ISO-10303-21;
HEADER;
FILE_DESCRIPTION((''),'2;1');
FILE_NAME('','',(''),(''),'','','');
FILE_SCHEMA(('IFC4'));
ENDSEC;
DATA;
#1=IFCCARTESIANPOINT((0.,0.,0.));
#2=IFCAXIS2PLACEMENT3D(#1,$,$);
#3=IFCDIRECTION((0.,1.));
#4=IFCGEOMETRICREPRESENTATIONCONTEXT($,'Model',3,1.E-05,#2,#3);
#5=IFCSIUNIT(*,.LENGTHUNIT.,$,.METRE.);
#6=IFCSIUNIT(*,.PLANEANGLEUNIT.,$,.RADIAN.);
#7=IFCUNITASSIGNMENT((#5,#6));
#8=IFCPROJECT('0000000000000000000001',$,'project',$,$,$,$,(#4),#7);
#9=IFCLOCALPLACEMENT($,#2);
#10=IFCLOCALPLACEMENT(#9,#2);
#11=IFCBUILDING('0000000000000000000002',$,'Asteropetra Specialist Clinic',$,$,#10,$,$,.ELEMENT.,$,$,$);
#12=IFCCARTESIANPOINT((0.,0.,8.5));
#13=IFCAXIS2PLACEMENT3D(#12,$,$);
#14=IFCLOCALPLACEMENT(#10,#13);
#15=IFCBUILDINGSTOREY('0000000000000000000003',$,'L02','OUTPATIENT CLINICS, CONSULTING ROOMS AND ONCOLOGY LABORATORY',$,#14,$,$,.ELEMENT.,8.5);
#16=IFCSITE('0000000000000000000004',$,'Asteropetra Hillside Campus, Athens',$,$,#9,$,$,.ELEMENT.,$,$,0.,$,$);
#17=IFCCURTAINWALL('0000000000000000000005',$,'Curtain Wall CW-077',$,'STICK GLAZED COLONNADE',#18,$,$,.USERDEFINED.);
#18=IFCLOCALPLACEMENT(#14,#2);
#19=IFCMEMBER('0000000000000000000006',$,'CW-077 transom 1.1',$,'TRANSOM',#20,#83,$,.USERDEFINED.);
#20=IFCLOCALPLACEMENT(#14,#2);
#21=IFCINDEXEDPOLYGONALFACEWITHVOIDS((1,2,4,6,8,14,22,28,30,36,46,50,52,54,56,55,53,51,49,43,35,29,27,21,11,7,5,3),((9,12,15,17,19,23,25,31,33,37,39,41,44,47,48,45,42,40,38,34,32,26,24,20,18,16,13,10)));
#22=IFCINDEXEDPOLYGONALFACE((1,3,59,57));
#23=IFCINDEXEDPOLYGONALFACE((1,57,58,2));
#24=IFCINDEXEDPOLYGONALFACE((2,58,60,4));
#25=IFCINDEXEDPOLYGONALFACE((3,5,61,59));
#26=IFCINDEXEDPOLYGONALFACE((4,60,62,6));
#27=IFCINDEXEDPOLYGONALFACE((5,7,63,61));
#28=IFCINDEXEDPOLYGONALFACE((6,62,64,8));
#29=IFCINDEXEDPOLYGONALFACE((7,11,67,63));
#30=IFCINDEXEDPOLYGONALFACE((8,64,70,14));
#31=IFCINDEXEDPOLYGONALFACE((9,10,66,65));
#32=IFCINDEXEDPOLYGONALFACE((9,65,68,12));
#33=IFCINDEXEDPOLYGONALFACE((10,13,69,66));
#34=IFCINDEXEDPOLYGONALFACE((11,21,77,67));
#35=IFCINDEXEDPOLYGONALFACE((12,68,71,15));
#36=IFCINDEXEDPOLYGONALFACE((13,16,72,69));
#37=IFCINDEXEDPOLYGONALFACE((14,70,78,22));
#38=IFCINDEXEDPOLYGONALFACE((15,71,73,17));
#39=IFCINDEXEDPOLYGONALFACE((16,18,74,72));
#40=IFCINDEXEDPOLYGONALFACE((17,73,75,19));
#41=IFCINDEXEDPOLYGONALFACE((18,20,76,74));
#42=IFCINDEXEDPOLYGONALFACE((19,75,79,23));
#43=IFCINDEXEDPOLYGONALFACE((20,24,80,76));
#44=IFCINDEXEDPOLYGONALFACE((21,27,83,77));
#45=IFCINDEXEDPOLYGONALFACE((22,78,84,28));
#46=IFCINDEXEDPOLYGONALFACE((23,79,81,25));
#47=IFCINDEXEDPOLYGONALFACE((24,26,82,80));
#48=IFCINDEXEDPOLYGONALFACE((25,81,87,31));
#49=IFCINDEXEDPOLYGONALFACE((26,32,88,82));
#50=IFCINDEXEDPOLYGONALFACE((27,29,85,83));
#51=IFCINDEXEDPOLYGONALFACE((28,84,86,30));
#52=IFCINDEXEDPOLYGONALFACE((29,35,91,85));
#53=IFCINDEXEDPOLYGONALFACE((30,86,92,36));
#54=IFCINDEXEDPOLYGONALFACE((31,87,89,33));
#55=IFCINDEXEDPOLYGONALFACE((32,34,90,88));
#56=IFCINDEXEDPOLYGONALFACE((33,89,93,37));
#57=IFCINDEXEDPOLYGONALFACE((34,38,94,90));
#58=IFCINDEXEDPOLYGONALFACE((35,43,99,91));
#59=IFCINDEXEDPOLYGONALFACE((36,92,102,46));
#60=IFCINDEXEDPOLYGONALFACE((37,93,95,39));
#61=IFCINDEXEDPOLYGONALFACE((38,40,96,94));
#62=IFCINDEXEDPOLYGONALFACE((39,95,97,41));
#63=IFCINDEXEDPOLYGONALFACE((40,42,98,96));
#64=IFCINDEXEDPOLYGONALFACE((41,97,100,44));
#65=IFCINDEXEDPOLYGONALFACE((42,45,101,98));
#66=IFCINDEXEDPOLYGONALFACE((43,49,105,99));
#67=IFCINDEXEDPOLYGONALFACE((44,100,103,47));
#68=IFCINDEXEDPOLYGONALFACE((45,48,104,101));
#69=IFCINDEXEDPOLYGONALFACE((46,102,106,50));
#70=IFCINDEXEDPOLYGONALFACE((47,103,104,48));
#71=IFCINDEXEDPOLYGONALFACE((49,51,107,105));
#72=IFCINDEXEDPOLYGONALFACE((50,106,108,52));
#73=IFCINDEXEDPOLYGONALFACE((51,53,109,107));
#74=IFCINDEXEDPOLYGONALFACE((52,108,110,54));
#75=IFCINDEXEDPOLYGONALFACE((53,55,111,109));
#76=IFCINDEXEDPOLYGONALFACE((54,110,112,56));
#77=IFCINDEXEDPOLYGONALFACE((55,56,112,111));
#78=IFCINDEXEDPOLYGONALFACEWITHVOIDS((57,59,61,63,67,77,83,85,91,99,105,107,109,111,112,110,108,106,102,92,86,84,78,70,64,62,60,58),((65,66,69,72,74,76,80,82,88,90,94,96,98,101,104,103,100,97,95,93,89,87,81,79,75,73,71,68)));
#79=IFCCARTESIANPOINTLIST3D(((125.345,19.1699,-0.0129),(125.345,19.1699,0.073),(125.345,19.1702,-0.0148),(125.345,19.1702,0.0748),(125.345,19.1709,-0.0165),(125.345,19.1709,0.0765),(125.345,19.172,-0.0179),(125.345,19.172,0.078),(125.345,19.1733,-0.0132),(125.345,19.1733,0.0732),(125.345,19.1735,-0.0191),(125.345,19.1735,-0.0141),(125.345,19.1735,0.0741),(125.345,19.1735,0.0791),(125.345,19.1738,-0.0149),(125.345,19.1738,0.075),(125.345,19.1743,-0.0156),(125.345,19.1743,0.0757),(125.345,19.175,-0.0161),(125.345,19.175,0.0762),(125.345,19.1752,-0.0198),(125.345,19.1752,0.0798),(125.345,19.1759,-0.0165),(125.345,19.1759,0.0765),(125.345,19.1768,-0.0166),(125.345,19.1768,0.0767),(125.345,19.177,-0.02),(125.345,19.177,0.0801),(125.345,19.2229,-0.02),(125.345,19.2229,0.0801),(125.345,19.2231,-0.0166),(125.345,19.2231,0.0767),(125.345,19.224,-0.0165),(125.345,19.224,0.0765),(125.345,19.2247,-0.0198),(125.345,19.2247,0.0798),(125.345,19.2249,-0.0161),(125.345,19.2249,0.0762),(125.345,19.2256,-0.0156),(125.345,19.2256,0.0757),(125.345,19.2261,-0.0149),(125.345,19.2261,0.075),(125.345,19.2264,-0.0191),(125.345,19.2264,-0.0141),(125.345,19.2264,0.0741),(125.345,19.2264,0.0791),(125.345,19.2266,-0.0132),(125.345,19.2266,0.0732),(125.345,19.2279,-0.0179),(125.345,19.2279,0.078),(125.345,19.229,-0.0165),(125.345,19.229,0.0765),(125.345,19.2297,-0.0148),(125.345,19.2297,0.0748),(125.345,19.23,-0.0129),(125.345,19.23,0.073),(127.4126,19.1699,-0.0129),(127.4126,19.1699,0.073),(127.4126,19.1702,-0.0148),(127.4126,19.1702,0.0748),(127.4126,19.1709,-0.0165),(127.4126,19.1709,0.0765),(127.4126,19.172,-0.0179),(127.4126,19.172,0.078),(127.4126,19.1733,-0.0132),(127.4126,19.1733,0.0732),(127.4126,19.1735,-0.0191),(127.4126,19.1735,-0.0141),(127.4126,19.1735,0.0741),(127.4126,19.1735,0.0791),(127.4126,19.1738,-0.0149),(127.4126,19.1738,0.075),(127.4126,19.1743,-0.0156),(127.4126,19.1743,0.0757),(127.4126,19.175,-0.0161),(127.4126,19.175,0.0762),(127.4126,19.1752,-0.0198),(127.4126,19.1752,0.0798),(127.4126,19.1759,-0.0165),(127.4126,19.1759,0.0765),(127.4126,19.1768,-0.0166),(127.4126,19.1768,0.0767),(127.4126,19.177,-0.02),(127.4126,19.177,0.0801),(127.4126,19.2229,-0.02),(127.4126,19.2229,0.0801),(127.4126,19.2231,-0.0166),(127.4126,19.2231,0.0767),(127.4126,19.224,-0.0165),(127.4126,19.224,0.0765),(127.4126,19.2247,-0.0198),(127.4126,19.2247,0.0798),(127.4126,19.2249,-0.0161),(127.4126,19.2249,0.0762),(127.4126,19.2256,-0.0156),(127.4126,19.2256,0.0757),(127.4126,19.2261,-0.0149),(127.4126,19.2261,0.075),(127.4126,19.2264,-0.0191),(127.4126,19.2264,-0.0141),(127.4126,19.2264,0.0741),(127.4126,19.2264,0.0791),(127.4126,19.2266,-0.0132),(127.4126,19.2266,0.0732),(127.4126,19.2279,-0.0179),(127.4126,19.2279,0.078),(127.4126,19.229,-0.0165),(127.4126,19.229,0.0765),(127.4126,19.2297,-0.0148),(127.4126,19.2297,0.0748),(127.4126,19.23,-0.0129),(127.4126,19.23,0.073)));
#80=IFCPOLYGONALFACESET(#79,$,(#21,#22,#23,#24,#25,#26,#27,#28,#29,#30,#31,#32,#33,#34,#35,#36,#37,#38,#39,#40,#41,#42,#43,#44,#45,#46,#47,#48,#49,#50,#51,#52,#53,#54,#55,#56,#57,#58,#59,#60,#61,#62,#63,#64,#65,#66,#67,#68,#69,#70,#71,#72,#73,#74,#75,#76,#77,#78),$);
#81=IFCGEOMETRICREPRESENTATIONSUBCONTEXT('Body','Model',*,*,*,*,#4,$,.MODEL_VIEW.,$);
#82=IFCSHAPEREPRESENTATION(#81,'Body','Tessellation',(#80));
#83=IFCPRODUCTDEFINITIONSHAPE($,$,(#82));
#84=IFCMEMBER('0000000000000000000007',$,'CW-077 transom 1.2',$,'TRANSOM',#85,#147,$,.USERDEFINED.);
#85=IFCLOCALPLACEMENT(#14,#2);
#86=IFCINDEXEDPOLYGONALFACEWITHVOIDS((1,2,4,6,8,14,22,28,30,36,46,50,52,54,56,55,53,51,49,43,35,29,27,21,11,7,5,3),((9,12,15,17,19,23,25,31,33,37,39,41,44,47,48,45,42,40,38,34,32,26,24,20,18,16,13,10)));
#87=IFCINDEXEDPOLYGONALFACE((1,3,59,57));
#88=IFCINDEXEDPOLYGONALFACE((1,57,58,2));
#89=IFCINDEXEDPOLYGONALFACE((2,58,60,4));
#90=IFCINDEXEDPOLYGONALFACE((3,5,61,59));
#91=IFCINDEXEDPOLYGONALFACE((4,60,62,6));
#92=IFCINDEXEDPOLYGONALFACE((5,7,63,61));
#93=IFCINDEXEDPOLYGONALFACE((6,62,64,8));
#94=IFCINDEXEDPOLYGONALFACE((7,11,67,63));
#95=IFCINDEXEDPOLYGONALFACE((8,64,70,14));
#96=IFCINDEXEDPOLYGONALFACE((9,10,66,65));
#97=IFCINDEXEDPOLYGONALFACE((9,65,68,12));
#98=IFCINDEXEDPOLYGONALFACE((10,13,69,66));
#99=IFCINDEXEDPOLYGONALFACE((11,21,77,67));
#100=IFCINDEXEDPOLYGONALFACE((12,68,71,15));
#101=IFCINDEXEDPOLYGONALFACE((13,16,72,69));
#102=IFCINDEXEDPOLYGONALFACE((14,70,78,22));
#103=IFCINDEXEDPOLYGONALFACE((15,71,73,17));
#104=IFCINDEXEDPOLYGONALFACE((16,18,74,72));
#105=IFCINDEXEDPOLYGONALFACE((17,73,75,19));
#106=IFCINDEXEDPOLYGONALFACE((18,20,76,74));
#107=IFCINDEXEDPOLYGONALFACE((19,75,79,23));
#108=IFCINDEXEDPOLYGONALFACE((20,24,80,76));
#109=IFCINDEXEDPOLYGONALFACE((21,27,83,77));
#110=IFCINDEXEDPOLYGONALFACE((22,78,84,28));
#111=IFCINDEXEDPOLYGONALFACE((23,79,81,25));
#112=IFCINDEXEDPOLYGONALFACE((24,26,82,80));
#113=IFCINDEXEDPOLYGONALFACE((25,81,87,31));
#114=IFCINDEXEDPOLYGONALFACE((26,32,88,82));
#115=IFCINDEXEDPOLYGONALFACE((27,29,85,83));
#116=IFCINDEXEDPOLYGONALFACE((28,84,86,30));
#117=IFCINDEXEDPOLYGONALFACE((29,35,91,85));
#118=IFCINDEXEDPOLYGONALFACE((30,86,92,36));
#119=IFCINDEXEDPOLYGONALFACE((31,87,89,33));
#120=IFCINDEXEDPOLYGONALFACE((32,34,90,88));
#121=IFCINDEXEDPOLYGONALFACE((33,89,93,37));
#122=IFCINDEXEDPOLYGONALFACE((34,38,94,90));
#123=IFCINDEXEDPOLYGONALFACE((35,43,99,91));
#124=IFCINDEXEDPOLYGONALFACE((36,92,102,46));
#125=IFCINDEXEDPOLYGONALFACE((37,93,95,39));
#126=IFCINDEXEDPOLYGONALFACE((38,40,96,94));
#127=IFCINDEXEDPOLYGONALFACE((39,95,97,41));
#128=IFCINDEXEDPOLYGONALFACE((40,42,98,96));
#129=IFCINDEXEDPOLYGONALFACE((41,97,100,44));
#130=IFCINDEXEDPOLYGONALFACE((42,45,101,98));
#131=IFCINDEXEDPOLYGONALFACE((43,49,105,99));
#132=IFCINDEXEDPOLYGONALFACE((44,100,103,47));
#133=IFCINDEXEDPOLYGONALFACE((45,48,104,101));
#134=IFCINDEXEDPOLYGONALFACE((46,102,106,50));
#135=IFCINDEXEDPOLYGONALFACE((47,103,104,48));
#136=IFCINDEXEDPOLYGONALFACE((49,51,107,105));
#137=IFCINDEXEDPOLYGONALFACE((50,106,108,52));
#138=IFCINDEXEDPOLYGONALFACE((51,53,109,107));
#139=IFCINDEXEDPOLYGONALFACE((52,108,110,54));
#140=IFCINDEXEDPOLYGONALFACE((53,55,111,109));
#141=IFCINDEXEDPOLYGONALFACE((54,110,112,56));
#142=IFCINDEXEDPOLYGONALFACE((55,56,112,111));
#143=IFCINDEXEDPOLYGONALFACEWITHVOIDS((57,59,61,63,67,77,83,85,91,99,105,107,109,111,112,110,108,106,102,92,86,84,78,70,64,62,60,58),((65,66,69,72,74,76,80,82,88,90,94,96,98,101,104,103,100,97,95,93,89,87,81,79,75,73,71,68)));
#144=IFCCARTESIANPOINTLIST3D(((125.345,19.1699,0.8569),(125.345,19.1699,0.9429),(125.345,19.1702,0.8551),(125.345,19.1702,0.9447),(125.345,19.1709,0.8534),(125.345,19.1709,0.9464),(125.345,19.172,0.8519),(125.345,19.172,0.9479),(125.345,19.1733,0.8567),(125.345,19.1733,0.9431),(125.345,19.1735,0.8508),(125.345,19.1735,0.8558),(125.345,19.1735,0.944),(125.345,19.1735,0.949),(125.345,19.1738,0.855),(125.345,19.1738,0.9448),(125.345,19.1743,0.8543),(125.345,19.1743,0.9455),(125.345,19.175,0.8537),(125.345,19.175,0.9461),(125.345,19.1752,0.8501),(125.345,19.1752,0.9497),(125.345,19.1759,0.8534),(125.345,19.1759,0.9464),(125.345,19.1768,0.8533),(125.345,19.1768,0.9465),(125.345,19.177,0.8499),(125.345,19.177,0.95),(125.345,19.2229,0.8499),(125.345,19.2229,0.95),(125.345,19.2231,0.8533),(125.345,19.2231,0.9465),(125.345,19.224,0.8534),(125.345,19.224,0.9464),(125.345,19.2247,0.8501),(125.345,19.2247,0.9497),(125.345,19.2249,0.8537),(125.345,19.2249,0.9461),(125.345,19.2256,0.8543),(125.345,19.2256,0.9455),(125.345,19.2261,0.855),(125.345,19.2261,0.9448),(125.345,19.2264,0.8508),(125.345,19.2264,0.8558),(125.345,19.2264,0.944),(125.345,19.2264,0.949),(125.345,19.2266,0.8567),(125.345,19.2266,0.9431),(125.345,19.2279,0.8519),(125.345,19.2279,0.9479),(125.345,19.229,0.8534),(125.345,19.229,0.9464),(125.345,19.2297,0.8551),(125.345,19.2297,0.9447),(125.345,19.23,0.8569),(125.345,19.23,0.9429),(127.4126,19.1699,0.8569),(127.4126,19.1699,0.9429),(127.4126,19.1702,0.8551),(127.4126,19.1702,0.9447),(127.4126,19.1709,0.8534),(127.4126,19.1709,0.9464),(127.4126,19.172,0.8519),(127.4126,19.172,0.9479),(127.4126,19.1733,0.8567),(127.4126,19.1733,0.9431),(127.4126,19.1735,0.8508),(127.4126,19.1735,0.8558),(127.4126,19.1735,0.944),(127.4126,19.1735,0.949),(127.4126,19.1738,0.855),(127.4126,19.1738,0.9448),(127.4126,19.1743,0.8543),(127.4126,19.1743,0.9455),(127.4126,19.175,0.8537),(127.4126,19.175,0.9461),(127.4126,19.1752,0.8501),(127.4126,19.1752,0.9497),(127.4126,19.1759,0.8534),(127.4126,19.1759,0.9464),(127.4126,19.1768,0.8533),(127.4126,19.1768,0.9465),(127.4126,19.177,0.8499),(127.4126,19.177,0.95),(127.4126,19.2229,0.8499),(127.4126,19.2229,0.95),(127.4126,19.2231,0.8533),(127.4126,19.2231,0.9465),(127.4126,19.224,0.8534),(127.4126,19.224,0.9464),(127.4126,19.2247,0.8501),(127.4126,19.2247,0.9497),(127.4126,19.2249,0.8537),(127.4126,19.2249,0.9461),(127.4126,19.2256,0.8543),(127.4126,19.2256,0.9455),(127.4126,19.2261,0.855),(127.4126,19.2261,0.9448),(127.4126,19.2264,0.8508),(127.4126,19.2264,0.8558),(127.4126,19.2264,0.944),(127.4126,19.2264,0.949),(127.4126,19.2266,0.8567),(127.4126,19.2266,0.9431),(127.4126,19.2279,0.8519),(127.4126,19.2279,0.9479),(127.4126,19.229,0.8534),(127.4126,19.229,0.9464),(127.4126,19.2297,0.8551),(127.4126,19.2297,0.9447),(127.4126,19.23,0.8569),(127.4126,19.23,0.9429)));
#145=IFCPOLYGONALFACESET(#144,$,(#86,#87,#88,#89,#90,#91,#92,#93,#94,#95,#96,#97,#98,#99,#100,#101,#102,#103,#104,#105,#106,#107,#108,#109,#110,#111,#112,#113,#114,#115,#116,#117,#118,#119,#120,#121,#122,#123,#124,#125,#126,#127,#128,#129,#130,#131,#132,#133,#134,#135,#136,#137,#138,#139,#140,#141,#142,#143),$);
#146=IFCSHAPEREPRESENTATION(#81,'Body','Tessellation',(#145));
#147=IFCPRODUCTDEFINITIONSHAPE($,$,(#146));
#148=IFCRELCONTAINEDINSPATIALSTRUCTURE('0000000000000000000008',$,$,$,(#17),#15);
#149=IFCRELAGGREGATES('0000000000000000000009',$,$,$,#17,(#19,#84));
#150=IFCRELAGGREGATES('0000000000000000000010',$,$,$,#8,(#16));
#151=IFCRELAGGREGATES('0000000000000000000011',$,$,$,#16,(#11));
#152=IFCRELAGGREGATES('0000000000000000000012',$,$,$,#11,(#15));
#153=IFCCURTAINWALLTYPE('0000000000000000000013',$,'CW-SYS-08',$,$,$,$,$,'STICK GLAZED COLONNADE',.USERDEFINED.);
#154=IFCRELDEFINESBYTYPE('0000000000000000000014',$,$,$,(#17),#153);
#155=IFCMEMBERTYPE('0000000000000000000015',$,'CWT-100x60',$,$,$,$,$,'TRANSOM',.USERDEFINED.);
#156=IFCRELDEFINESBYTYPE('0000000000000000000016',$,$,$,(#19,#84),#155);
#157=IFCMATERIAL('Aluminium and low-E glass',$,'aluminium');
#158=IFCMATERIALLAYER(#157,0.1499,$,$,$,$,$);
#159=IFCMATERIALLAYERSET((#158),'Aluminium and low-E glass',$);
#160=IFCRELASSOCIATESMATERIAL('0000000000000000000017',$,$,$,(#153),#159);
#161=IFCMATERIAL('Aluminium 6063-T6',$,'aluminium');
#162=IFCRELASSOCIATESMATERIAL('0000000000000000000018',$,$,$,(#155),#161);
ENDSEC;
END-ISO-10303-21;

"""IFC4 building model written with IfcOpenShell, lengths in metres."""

from ifc_helpers import new_model, si_unit, direction, frame, origin, origin_2d, place, context, subcontext, project, spatial, hollow_rectangle, extrude, material, layer, layer_set, material_profile, profile_set, type_object, element, aggregate, save


model = new_model("IFC4")

# Units and contexts
model_context = context("Model", 3, precision=1e-05, world=origin(), true_north=direction((0.0, 1.0)))
body_context = subcontext(model_context, "Body", "Model", "MODEL_VIEW")
ifc_project = project(units=[si_unit("LENGTHUNIT", "METRE"), si_unit("PLANEANGLEUNIT", "RADIAN")], contexts=[model_context])

# Site, building, storey
site_placement = place(None, origin())
site = spatial("IfcSite", under=ifc_project, at=site_placement, Name="Asteropetra Hillside Campus, Athens", CompositionType="ELEMENT", RefElevation=0.0)
building_placement = place(site_placement, origin())
building = spatial("IfcBuilding", under=site, at=building_placement, Name="Asteropetra Specialist Clinic", CompositionType="ELEMENT")
storey_placement = place(building_placement, frame((0.0, 0.0, 8.5)))
storey = spatial("IfcBuildingStorey", under=building, at=storey_placement, Name="L02", Description="OUTPATIENT CLINICS, CONSULTING ROOMS AND ONCOLOGY LABORATORY", CompositionType="ELEMENT", Elevation=8.5)

# Curtain wall, members
ifc_material_1 = material(Name="Aluminium and low-E glass", Category="aluminium")
ifc_layer_1 = layer(ifc_material_1, 0.1499)
ifc_layer_set_1 = layer_set([ifc_layer_1], Name="Aluminium and low-E glass")
curtain_wall_type = type_object("IfcCurtainWallType", Name="CW-SYS-08", ElementType="STICK GLAZED COLONNADE", PredefinedType="USERDEFINED", material=ifc_layer_set_1)
curtain_wall_placement = place(storey_placement, origin())
curtain_wall = element("IfcCurtainWall", 1, at=curtain_wall_placement, inside=storey, type_object=curtain_wall_type, Name="Curtain Wall CW-077", ObjectType="STICK GLAZED COLONNADE", PredefinedType="USERDEFINED")
ifc_material_2 = material(Name="Aluminium 6063-T6", Category="aluminium")
ifc_material_profile_1 = material_profile(ifc_material_2, hollow_rectangle(XDim=0.0601, YDim=0.1001, WallThickness=0.0034, InnerFilletRadius=0.0034, OuterFilletRadius=0.0071, at=origin_2d()), Name="TRN 100x60x3.5")
ifc_profile_set_1 = profile_set([ifc_material_profile_1], Name="Aluminium 6063-T6")
member_type_1 = type_object("IfcMemberType", Name="CWT-100x60", ElementType="TRANSOM", PredefinedType="USERDEFINED", material=ifc_profile_set_1)
member_1_placement = place(storey_placement, frame((125.345, 19.2, 0.03), z_axis=(1.0, 0.0, 0.0), x_axis=(0.0, 1.0, 0.0)))
member_1 = element("IfcMember", 2, at=member_1_placement, type_object=member_type_1, Name="CW-077 transom 1.1", ObjectType="TRANSOM", PredefinedType="USERDEFINED", context=body_context, shape_type="SweptSolid", body=[
    extrude(hollow_rectangle(XDim=0.0601, YDim=0.1001, WallThickness=0.0034, InnerFilletRadius=0.0034, OuterFilletRadius=0.0071, at=origin_2d()), origin(), (0.0, 0.0, 1.0), 2.0676),
])
member_2_placement = place(storey_placement, frame((125.345, 19.2, 0.8999), z_axis=(1.0, 0.0, 0.0), x_axis=(0.0, 1.0, 0.0)))
member_2 = element("IfcMember", 3, at=member_2_placement, type_object=member_type_1, Name="CW-077 transom 1.2", ObjectType="TRANSOM", PredefinedType="USERDEFINED", context=body_context, shape_type="SweptSolid", body=[
    extrude(hollow_rectangle(XDim=0.0601, YDim=0.1001, WallThickness=0.0034, InnerFilletRadius=0.0034, OuterFilletRadius=0.0071, at=origin_2d()), origin(), (0.0, 0.0, 1.0), 2.0676),
])
aggregate(curtain_wall, [member_1, member_2])

save(model, "model.ifc")
